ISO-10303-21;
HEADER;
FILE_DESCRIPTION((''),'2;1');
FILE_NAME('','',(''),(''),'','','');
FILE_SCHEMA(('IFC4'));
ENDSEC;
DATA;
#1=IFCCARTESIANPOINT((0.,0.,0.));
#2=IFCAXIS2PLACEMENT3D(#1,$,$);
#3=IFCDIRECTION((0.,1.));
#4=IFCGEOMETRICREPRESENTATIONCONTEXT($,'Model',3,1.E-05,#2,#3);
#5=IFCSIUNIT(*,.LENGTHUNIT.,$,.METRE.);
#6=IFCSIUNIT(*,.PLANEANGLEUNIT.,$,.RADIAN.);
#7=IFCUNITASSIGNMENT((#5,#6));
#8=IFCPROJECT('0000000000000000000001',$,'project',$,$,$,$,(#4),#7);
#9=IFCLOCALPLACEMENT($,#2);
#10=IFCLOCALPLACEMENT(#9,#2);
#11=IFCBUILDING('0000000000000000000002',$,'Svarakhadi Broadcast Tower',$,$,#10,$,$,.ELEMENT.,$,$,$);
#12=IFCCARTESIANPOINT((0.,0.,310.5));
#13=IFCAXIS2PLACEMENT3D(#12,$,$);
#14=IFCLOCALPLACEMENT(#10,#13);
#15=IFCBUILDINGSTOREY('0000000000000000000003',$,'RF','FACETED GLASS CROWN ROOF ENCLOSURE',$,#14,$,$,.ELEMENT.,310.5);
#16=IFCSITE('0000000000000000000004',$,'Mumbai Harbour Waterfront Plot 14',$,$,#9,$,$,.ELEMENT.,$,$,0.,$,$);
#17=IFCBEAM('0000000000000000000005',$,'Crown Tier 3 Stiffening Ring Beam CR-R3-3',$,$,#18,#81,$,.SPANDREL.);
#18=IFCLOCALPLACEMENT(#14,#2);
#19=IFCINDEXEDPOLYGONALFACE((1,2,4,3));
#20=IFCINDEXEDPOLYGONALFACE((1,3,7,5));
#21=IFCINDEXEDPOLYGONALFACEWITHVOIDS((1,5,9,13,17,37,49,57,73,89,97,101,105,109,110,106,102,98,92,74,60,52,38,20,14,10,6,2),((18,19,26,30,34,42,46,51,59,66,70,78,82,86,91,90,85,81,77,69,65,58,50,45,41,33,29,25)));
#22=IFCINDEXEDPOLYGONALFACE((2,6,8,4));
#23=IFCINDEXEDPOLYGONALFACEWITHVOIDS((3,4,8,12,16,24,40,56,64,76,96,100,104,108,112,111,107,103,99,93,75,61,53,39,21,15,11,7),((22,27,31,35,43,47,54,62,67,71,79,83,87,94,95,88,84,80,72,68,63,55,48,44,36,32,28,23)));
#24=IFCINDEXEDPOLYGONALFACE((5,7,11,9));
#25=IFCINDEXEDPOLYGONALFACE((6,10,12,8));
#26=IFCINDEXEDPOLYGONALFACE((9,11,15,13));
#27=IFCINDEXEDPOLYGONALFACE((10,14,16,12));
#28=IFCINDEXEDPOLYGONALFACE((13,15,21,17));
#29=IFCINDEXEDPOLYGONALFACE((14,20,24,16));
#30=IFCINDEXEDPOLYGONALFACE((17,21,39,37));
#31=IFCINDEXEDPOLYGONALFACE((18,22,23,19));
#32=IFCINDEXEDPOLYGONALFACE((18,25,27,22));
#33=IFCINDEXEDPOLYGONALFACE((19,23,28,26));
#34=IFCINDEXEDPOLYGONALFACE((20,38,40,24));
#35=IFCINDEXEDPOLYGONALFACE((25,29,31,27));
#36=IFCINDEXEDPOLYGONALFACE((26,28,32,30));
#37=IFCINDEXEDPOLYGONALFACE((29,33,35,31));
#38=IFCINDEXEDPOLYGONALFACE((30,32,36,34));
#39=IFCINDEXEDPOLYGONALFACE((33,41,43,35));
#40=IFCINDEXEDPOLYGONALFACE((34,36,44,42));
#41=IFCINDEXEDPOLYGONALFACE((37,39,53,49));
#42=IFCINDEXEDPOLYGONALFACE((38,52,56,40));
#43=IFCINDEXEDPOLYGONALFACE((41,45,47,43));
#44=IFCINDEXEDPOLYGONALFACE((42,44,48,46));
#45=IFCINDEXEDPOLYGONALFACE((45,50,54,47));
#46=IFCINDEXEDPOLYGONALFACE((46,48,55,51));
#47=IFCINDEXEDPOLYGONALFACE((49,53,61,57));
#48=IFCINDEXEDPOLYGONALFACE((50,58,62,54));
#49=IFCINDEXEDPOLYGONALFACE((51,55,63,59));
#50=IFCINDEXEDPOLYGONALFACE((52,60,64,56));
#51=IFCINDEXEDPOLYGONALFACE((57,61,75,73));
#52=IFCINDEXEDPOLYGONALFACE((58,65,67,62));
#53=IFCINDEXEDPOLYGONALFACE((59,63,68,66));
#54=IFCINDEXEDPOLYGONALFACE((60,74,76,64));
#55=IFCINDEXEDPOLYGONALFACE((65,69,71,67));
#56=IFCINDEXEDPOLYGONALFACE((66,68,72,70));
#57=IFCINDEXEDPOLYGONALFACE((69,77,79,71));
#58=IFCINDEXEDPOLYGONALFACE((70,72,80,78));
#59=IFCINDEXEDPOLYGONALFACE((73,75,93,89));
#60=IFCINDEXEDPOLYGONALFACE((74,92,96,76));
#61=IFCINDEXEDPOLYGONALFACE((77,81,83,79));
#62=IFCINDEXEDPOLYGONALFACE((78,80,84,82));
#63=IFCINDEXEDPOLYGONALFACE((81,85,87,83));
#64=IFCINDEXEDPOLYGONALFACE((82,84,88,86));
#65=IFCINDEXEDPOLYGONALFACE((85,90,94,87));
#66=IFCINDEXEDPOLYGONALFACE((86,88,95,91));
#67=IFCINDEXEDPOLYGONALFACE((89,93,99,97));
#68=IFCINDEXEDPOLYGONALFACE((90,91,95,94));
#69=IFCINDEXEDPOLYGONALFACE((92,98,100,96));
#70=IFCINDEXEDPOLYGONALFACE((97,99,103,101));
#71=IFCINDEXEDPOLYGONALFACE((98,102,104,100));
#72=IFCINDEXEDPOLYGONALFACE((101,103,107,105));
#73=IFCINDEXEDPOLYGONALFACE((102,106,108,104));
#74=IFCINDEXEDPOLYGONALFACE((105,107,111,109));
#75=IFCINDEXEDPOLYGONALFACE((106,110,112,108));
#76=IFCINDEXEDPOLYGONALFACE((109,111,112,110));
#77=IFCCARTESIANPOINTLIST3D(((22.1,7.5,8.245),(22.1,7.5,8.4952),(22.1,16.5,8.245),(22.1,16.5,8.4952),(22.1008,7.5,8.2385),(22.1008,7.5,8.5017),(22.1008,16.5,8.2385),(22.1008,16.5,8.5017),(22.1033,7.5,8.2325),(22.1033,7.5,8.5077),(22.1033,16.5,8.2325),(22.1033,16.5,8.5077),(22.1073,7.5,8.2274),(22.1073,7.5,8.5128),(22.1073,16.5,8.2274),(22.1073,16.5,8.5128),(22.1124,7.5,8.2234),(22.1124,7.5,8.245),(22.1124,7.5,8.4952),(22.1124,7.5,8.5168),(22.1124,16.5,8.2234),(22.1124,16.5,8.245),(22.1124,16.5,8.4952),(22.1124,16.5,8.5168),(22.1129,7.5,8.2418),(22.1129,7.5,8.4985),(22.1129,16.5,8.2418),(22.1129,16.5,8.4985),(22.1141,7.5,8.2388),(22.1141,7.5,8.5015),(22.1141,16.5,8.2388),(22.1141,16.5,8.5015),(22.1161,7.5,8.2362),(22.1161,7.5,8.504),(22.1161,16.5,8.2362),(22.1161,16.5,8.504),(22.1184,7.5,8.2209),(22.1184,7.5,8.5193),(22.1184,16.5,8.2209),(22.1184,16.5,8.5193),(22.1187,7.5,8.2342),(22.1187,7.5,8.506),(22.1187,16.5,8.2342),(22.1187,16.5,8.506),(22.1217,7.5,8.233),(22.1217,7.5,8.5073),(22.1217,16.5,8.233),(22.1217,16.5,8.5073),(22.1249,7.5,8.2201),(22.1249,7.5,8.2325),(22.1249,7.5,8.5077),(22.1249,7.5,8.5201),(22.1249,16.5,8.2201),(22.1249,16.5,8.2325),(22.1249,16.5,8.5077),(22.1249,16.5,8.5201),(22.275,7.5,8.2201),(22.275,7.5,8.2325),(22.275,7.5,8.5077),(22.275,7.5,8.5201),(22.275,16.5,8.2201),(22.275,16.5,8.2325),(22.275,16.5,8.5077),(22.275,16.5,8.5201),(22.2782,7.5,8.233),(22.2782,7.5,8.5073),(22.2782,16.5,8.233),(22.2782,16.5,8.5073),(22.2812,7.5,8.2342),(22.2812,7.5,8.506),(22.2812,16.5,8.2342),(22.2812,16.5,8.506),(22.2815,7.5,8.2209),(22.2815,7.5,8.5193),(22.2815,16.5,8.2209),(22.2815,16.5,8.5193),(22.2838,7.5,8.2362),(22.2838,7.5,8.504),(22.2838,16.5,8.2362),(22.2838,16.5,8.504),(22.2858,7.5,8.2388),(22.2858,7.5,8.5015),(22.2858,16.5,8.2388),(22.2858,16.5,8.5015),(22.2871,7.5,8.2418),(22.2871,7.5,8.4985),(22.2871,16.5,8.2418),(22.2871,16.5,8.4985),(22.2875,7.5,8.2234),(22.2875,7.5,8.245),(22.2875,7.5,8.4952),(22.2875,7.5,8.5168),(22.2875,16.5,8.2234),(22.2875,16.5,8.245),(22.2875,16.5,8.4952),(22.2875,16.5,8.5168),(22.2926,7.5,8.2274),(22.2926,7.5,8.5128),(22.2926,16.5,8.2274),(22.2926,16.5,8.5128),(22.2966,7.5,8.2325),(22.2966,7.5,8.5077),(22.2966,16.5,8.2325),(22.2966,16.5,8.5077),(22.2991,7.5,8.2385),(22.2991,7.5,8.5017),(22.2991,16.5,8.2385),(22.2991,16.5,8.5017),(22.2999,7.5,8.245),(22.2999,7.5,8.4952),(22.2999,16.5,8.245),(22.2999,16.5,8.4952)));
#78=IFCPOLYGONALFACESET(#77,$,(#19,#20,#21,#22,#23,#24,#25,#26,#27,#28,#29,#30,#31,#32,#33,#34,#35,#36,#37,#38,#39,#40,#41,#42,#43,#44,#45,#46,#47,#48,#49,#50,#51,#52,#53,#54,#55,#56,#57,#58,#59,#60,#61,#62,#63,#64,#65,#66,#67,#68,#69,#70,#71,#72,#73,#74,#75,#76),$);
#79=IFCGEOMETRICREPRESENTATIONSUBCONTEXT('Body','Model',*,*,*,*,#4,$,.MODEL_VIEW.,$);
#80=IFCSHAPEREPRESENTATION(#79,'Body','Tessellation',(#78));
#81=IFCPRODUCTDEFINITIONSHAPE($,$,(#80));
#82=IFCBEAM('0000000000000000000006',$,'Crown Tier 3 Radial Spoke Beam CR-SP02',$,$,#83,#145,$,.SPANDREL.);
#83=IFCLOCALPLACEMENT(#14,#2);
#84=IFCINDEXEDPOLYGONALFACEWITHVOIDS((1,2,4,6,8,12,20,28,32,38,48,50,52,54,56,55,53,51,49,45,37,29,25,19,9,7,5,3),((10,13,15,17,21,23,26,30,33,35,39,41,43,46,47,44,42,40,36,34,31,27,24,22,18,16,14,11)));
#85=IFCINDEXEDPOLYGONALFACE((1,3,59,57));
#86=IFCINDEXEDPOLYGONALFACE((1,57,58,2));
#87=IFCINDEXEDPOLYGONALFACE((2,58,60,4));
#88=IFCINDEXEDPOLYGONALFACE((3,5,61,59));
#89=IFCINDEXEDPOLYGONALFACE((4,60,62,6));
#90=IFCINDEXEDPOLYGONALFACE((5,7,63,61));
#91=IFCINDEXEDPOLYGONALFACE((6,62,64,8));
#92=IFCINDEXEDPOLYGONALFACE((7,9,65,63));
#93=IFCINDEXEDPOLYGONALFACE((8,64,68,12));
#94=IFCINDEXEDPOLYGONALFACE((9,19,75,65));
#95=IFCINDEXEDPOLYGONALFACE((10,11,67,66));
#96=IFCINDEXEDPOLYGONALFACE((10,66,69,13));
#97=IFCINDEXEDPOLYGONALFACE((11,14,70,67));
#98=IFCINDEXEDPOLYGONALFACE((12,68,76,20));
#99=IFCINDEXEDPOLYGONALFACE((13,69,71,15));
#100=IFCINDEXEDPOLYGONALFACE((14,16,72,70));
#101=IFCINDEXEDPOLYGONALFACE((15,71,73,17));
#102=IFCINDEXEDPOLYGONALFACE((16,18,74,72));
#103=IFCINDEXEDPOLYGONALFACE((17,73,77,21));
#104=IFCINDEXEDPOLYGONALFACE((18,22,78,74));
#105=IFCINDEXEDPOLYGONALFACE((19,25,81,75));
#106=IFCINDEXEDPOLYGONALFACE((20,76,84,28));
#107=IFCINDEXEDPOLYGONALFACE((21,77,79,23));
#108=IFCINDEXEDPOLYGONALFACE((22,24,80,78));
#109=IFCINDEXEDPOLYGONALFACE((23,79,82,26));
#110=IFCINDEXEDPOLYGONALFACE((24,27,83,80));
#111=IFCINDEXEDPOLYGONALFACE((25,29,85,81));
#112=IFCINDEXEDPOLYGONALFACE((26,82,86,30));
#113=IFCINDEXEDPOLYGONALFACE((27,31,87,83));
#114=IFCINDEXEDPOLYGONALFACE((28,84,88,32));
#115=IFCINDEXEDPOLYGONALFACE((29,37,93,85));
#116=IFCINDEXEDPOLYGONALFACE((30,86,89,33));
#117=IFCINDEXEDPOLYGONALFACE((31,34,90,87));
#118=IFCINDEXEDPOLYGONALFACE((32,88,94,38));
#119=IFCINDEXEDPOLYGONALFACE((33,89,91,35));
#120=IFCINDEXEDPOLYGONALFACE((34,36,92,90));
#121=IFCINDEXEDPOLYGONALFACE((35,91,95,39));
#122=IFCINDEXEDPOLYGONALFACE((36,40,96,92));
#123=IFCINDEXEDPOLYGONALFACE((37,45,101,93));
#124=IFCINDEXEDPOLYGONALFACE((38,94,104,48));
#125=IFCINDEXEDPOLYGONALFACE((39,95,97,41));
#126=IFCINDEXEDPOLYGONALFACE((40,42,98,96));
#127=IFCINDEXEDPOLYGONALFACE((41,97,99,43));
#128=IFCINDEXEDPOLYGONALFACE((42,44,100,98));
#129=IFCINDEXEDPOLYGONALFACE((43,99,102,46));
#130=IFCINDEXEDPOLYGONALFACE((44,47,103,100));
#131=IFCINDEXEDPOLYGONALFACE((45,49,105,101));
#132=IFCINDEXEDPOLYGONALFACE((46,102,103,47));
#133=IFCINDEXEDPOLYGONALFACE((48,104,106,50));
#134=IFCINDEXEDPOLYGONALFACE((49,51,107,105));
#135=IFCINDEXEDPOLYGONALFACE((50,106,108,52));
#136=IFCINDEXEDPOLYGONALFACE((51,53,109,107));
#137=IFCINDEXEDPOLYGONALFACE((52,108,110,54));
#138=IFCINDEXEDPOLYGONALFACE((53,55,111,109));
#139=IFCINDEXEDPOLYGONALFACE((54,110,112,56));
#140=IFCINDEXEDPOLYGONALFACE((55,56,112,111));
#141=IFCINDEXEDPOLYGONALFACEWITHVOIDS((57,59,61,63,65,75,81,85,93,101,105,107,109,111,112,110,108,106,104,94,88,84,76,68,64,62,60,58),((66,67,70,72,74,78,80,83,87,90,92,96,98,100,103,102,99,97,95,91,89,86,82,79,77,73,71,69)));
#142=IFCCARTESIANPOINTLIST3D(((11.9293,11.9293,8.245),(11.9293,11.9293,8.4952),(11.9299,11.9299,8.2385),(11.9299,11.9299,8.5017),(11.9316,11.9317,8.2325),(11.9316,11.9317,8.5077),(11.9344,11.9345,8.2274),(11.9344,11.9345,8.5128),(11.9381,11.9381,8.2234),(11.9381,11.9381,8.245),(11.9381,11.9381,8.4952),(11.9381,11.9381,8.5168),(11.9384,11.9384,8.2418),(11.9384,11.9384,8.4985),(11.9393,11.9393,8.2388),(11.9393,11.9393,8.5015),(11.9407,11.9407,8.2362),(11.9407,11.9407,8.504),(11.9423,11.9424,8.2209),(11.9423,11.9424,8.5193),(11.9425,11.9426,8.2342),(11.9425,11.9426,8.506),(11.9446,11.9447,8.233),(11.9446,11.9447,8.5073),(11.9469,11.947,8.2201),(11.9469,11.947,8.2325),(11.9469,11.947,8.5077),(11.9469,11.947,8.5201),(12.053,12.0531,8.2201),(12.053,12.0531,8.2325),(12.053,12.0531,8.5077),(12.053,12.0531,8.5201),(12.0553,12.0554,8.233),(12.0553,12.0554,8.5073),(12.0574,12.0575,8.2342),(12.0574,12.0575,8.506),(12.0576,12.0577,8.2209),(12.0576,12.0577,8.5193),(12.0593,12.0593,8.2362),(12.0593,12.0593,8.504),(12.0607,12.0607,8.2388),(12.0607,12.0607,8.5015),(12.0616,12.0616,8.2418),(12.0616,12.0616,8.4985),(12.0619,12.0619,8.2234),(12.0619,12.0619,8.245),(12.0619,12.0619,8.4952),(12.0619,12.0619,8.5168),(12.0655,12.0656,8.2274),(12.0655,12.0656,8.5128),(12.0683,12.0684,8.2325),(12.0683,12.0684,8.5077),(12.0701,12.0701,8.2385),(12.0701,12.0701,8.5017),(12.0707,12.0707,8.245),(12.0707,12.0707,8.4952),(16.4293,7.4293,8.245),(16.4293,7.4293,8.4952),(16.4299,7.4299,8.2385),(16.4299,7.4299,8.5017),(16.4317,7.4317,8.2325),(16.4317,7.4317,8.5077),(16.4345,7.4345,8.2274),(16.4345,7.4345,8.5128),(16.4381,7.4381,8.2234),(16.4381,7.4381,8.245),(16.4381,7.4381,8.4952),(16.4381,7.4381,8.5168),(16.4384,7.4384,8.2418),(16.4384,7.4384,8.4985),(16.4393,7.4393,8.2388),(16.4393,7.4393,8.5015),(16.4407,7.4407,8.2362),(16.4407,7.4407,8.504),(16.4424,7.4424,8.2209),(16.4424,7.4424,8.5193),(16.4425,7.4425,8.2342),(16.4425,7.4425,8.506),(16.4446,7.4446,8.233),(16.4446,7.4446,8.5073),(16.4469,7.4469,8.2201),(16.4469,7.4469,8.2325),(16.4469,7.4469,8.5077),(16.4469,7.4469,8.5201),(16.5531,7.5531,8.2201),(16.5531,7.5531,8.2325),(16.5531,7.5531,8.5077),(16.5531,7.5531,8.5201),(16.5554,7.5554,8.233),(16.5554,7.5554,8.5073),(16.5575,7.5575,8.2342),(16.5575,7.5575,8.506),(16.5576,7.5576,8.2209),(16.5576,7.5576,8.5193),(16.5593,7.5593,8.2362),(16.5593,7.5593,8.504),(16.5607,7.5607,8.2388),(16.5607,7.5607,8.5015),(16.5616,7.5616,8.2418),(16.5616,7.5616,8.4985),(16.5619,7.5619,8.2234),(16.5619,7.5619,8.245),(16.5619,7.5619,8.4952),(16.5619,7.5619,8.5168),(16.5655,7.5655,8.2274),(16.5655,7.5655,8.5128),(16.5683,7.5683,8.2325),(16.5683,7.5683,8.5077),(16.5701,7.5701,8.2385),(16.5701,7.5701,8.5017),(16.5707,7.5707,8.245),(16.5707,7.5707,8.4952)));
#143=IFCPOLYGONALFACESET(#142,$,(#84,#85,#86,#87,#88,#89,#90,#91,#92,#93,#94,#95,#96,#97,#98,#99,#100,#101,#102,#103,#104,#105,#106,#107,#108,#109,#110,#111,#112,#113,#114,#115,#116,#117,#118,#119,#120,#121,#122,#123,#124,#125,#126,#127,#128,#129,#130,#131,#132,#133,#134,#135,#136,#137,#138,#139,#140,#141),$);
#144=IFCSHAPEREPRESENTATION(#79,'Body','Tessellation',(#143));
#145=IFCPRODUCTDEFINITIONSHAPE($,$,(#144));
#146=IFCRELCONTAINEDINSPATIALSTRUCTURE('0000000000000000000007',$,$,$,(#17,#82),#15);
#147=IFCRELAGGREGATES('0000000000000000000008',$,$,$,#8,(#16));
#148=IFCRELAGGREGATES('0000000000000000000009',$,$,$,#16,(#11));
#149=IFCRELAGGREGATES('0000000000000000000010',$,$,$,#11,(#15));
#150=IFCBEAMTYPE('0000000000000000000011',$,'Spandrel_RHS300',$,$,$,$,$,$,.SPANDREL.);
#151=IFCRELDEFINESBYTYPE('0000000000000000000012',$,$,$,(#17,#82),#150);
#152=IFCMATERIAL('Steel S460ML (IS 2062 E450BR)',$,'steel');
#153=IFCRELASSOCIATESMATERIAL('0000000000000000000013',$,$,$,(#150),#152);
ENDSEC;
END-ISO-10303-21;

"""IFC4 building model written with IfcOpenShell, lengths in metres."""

from ifc_helpers import new_model, si_unit, direction, frame, origin, origin_2d, place, context, subcontext, project, spatial, hollow_rectangle, extrude, material, material_profile, profile_set, type_object, element, save


model = new_model("IFC4")

# Units and contexts
model_context = context("Model", 3, precision=1e-05, world=origin(), true_north=direction((0.0, 1.0)))
body_context = subcontext(model_context, "Body", "Model", "MODEL_VIEW")
ifc_project = project(units=[si_unit("LENGTHUNIT", "METRE"), si_unit("PLANEANGLEUNIT", "RADIAN")], contexts=[model_context])

# Site, building, storey
site_placement = place(None, origin())
site = spatial("IfcSite", under=ifc_project, at=site_placement, Name="Mumbai Harbour Waterfront Plot 14", CompositionType="ELEMENT", RefElevation=0.0)
building_placement = place(site_placement, origin())
building = spatial("IfcBuilding", under=site, at=building_placement, Name="Svarakhadi Broadcast Tower", CompositionType="ELEMENT")
storey_placement = place(building_placement, frame((0.0, 0.0, 310.5)))
storey = spatial("IfcBuildingStorey", under=building, at=storey_placement, Name="RF", Description="FACETED GLASS CROWN ROOF ENCLOSURE", CompositionType="ELEMENT", Elevation=310.5)

# Shared definitions
ifc_material_1 = material(Name="Steel S460ML (IS 2062 E450BR)", Category="steel")

# Beams
ifc_material_profile_1 = material_profile(ifc_material_1, hollow_rectangle(XDim=0.2, YDim=0.3, WallThickness=0.0125, InnerFilletRadius=0.0125, OuterFilletRadius=0.0249, at=origin_2d()), Name="RHS 300x200x12.5")
ifc_profile_set_1 = profile_set([ifc_material_profile_1], Name="Steel S460ML (IS 2062 E450BR)")
beam_type_1 = type_object("IfcBeamType", Name="Spandrel_RHS300", PredefinedType="SPANDREL", material=ifc_profile_set_1)
beam_1_placement = place(storey_placement, frame((22.2, 7.5, 8.3701), z_axis=(0.0, 1.0, 0.0), x_axis=(-1.0, 0.0, 0.0)))
element("IfcBeam", 1, at=beam_1_placement, inside=storey, type_object=beam_type_1, Name="Crown Tier 3 Stiffening Ring Beam CR-R3-3", PredefinedType="SPANDREL", context=body_context, shape_type="SweptSolid", body=[
    extrude(hollow_rectangle(XDim=0.2, YDim=0.3, WallThickness=0.0125, InnerFilletRadius=0.0125, OuterFilletRadius=0.0249, at=origin_2d()), origin(), (0.0, 0.0, 1.0), 9.0),
])
beam_2_placement = place(storey_placement, frame((16.5, 7.5, 8.3701), z_axis=(-0.707107, 0.707107, 0.0), x_axis=(-0.707107, -0.707107, 0.0)))
element("IfcBeam", 2, at=beam_2_placement, inside=storey, type_object=beam_type_1, Name="Crown Tier 3 Radial Spoke Beam CR-SP02", PredefinedType="SPANDREL", context=body_context, shape_type="SweptSolid", body=[
    extrude(hollow_rectangle(XDim=0.2, YDim=0.3, WallThickness=0.0125, InnerFilletRadius=0.0125, OuterFilletRadius=0.0249, at=origin_2d()), origin(), (0.0, 0.0, 1.0), 6.364),
])

save(model, "model.ifc")
